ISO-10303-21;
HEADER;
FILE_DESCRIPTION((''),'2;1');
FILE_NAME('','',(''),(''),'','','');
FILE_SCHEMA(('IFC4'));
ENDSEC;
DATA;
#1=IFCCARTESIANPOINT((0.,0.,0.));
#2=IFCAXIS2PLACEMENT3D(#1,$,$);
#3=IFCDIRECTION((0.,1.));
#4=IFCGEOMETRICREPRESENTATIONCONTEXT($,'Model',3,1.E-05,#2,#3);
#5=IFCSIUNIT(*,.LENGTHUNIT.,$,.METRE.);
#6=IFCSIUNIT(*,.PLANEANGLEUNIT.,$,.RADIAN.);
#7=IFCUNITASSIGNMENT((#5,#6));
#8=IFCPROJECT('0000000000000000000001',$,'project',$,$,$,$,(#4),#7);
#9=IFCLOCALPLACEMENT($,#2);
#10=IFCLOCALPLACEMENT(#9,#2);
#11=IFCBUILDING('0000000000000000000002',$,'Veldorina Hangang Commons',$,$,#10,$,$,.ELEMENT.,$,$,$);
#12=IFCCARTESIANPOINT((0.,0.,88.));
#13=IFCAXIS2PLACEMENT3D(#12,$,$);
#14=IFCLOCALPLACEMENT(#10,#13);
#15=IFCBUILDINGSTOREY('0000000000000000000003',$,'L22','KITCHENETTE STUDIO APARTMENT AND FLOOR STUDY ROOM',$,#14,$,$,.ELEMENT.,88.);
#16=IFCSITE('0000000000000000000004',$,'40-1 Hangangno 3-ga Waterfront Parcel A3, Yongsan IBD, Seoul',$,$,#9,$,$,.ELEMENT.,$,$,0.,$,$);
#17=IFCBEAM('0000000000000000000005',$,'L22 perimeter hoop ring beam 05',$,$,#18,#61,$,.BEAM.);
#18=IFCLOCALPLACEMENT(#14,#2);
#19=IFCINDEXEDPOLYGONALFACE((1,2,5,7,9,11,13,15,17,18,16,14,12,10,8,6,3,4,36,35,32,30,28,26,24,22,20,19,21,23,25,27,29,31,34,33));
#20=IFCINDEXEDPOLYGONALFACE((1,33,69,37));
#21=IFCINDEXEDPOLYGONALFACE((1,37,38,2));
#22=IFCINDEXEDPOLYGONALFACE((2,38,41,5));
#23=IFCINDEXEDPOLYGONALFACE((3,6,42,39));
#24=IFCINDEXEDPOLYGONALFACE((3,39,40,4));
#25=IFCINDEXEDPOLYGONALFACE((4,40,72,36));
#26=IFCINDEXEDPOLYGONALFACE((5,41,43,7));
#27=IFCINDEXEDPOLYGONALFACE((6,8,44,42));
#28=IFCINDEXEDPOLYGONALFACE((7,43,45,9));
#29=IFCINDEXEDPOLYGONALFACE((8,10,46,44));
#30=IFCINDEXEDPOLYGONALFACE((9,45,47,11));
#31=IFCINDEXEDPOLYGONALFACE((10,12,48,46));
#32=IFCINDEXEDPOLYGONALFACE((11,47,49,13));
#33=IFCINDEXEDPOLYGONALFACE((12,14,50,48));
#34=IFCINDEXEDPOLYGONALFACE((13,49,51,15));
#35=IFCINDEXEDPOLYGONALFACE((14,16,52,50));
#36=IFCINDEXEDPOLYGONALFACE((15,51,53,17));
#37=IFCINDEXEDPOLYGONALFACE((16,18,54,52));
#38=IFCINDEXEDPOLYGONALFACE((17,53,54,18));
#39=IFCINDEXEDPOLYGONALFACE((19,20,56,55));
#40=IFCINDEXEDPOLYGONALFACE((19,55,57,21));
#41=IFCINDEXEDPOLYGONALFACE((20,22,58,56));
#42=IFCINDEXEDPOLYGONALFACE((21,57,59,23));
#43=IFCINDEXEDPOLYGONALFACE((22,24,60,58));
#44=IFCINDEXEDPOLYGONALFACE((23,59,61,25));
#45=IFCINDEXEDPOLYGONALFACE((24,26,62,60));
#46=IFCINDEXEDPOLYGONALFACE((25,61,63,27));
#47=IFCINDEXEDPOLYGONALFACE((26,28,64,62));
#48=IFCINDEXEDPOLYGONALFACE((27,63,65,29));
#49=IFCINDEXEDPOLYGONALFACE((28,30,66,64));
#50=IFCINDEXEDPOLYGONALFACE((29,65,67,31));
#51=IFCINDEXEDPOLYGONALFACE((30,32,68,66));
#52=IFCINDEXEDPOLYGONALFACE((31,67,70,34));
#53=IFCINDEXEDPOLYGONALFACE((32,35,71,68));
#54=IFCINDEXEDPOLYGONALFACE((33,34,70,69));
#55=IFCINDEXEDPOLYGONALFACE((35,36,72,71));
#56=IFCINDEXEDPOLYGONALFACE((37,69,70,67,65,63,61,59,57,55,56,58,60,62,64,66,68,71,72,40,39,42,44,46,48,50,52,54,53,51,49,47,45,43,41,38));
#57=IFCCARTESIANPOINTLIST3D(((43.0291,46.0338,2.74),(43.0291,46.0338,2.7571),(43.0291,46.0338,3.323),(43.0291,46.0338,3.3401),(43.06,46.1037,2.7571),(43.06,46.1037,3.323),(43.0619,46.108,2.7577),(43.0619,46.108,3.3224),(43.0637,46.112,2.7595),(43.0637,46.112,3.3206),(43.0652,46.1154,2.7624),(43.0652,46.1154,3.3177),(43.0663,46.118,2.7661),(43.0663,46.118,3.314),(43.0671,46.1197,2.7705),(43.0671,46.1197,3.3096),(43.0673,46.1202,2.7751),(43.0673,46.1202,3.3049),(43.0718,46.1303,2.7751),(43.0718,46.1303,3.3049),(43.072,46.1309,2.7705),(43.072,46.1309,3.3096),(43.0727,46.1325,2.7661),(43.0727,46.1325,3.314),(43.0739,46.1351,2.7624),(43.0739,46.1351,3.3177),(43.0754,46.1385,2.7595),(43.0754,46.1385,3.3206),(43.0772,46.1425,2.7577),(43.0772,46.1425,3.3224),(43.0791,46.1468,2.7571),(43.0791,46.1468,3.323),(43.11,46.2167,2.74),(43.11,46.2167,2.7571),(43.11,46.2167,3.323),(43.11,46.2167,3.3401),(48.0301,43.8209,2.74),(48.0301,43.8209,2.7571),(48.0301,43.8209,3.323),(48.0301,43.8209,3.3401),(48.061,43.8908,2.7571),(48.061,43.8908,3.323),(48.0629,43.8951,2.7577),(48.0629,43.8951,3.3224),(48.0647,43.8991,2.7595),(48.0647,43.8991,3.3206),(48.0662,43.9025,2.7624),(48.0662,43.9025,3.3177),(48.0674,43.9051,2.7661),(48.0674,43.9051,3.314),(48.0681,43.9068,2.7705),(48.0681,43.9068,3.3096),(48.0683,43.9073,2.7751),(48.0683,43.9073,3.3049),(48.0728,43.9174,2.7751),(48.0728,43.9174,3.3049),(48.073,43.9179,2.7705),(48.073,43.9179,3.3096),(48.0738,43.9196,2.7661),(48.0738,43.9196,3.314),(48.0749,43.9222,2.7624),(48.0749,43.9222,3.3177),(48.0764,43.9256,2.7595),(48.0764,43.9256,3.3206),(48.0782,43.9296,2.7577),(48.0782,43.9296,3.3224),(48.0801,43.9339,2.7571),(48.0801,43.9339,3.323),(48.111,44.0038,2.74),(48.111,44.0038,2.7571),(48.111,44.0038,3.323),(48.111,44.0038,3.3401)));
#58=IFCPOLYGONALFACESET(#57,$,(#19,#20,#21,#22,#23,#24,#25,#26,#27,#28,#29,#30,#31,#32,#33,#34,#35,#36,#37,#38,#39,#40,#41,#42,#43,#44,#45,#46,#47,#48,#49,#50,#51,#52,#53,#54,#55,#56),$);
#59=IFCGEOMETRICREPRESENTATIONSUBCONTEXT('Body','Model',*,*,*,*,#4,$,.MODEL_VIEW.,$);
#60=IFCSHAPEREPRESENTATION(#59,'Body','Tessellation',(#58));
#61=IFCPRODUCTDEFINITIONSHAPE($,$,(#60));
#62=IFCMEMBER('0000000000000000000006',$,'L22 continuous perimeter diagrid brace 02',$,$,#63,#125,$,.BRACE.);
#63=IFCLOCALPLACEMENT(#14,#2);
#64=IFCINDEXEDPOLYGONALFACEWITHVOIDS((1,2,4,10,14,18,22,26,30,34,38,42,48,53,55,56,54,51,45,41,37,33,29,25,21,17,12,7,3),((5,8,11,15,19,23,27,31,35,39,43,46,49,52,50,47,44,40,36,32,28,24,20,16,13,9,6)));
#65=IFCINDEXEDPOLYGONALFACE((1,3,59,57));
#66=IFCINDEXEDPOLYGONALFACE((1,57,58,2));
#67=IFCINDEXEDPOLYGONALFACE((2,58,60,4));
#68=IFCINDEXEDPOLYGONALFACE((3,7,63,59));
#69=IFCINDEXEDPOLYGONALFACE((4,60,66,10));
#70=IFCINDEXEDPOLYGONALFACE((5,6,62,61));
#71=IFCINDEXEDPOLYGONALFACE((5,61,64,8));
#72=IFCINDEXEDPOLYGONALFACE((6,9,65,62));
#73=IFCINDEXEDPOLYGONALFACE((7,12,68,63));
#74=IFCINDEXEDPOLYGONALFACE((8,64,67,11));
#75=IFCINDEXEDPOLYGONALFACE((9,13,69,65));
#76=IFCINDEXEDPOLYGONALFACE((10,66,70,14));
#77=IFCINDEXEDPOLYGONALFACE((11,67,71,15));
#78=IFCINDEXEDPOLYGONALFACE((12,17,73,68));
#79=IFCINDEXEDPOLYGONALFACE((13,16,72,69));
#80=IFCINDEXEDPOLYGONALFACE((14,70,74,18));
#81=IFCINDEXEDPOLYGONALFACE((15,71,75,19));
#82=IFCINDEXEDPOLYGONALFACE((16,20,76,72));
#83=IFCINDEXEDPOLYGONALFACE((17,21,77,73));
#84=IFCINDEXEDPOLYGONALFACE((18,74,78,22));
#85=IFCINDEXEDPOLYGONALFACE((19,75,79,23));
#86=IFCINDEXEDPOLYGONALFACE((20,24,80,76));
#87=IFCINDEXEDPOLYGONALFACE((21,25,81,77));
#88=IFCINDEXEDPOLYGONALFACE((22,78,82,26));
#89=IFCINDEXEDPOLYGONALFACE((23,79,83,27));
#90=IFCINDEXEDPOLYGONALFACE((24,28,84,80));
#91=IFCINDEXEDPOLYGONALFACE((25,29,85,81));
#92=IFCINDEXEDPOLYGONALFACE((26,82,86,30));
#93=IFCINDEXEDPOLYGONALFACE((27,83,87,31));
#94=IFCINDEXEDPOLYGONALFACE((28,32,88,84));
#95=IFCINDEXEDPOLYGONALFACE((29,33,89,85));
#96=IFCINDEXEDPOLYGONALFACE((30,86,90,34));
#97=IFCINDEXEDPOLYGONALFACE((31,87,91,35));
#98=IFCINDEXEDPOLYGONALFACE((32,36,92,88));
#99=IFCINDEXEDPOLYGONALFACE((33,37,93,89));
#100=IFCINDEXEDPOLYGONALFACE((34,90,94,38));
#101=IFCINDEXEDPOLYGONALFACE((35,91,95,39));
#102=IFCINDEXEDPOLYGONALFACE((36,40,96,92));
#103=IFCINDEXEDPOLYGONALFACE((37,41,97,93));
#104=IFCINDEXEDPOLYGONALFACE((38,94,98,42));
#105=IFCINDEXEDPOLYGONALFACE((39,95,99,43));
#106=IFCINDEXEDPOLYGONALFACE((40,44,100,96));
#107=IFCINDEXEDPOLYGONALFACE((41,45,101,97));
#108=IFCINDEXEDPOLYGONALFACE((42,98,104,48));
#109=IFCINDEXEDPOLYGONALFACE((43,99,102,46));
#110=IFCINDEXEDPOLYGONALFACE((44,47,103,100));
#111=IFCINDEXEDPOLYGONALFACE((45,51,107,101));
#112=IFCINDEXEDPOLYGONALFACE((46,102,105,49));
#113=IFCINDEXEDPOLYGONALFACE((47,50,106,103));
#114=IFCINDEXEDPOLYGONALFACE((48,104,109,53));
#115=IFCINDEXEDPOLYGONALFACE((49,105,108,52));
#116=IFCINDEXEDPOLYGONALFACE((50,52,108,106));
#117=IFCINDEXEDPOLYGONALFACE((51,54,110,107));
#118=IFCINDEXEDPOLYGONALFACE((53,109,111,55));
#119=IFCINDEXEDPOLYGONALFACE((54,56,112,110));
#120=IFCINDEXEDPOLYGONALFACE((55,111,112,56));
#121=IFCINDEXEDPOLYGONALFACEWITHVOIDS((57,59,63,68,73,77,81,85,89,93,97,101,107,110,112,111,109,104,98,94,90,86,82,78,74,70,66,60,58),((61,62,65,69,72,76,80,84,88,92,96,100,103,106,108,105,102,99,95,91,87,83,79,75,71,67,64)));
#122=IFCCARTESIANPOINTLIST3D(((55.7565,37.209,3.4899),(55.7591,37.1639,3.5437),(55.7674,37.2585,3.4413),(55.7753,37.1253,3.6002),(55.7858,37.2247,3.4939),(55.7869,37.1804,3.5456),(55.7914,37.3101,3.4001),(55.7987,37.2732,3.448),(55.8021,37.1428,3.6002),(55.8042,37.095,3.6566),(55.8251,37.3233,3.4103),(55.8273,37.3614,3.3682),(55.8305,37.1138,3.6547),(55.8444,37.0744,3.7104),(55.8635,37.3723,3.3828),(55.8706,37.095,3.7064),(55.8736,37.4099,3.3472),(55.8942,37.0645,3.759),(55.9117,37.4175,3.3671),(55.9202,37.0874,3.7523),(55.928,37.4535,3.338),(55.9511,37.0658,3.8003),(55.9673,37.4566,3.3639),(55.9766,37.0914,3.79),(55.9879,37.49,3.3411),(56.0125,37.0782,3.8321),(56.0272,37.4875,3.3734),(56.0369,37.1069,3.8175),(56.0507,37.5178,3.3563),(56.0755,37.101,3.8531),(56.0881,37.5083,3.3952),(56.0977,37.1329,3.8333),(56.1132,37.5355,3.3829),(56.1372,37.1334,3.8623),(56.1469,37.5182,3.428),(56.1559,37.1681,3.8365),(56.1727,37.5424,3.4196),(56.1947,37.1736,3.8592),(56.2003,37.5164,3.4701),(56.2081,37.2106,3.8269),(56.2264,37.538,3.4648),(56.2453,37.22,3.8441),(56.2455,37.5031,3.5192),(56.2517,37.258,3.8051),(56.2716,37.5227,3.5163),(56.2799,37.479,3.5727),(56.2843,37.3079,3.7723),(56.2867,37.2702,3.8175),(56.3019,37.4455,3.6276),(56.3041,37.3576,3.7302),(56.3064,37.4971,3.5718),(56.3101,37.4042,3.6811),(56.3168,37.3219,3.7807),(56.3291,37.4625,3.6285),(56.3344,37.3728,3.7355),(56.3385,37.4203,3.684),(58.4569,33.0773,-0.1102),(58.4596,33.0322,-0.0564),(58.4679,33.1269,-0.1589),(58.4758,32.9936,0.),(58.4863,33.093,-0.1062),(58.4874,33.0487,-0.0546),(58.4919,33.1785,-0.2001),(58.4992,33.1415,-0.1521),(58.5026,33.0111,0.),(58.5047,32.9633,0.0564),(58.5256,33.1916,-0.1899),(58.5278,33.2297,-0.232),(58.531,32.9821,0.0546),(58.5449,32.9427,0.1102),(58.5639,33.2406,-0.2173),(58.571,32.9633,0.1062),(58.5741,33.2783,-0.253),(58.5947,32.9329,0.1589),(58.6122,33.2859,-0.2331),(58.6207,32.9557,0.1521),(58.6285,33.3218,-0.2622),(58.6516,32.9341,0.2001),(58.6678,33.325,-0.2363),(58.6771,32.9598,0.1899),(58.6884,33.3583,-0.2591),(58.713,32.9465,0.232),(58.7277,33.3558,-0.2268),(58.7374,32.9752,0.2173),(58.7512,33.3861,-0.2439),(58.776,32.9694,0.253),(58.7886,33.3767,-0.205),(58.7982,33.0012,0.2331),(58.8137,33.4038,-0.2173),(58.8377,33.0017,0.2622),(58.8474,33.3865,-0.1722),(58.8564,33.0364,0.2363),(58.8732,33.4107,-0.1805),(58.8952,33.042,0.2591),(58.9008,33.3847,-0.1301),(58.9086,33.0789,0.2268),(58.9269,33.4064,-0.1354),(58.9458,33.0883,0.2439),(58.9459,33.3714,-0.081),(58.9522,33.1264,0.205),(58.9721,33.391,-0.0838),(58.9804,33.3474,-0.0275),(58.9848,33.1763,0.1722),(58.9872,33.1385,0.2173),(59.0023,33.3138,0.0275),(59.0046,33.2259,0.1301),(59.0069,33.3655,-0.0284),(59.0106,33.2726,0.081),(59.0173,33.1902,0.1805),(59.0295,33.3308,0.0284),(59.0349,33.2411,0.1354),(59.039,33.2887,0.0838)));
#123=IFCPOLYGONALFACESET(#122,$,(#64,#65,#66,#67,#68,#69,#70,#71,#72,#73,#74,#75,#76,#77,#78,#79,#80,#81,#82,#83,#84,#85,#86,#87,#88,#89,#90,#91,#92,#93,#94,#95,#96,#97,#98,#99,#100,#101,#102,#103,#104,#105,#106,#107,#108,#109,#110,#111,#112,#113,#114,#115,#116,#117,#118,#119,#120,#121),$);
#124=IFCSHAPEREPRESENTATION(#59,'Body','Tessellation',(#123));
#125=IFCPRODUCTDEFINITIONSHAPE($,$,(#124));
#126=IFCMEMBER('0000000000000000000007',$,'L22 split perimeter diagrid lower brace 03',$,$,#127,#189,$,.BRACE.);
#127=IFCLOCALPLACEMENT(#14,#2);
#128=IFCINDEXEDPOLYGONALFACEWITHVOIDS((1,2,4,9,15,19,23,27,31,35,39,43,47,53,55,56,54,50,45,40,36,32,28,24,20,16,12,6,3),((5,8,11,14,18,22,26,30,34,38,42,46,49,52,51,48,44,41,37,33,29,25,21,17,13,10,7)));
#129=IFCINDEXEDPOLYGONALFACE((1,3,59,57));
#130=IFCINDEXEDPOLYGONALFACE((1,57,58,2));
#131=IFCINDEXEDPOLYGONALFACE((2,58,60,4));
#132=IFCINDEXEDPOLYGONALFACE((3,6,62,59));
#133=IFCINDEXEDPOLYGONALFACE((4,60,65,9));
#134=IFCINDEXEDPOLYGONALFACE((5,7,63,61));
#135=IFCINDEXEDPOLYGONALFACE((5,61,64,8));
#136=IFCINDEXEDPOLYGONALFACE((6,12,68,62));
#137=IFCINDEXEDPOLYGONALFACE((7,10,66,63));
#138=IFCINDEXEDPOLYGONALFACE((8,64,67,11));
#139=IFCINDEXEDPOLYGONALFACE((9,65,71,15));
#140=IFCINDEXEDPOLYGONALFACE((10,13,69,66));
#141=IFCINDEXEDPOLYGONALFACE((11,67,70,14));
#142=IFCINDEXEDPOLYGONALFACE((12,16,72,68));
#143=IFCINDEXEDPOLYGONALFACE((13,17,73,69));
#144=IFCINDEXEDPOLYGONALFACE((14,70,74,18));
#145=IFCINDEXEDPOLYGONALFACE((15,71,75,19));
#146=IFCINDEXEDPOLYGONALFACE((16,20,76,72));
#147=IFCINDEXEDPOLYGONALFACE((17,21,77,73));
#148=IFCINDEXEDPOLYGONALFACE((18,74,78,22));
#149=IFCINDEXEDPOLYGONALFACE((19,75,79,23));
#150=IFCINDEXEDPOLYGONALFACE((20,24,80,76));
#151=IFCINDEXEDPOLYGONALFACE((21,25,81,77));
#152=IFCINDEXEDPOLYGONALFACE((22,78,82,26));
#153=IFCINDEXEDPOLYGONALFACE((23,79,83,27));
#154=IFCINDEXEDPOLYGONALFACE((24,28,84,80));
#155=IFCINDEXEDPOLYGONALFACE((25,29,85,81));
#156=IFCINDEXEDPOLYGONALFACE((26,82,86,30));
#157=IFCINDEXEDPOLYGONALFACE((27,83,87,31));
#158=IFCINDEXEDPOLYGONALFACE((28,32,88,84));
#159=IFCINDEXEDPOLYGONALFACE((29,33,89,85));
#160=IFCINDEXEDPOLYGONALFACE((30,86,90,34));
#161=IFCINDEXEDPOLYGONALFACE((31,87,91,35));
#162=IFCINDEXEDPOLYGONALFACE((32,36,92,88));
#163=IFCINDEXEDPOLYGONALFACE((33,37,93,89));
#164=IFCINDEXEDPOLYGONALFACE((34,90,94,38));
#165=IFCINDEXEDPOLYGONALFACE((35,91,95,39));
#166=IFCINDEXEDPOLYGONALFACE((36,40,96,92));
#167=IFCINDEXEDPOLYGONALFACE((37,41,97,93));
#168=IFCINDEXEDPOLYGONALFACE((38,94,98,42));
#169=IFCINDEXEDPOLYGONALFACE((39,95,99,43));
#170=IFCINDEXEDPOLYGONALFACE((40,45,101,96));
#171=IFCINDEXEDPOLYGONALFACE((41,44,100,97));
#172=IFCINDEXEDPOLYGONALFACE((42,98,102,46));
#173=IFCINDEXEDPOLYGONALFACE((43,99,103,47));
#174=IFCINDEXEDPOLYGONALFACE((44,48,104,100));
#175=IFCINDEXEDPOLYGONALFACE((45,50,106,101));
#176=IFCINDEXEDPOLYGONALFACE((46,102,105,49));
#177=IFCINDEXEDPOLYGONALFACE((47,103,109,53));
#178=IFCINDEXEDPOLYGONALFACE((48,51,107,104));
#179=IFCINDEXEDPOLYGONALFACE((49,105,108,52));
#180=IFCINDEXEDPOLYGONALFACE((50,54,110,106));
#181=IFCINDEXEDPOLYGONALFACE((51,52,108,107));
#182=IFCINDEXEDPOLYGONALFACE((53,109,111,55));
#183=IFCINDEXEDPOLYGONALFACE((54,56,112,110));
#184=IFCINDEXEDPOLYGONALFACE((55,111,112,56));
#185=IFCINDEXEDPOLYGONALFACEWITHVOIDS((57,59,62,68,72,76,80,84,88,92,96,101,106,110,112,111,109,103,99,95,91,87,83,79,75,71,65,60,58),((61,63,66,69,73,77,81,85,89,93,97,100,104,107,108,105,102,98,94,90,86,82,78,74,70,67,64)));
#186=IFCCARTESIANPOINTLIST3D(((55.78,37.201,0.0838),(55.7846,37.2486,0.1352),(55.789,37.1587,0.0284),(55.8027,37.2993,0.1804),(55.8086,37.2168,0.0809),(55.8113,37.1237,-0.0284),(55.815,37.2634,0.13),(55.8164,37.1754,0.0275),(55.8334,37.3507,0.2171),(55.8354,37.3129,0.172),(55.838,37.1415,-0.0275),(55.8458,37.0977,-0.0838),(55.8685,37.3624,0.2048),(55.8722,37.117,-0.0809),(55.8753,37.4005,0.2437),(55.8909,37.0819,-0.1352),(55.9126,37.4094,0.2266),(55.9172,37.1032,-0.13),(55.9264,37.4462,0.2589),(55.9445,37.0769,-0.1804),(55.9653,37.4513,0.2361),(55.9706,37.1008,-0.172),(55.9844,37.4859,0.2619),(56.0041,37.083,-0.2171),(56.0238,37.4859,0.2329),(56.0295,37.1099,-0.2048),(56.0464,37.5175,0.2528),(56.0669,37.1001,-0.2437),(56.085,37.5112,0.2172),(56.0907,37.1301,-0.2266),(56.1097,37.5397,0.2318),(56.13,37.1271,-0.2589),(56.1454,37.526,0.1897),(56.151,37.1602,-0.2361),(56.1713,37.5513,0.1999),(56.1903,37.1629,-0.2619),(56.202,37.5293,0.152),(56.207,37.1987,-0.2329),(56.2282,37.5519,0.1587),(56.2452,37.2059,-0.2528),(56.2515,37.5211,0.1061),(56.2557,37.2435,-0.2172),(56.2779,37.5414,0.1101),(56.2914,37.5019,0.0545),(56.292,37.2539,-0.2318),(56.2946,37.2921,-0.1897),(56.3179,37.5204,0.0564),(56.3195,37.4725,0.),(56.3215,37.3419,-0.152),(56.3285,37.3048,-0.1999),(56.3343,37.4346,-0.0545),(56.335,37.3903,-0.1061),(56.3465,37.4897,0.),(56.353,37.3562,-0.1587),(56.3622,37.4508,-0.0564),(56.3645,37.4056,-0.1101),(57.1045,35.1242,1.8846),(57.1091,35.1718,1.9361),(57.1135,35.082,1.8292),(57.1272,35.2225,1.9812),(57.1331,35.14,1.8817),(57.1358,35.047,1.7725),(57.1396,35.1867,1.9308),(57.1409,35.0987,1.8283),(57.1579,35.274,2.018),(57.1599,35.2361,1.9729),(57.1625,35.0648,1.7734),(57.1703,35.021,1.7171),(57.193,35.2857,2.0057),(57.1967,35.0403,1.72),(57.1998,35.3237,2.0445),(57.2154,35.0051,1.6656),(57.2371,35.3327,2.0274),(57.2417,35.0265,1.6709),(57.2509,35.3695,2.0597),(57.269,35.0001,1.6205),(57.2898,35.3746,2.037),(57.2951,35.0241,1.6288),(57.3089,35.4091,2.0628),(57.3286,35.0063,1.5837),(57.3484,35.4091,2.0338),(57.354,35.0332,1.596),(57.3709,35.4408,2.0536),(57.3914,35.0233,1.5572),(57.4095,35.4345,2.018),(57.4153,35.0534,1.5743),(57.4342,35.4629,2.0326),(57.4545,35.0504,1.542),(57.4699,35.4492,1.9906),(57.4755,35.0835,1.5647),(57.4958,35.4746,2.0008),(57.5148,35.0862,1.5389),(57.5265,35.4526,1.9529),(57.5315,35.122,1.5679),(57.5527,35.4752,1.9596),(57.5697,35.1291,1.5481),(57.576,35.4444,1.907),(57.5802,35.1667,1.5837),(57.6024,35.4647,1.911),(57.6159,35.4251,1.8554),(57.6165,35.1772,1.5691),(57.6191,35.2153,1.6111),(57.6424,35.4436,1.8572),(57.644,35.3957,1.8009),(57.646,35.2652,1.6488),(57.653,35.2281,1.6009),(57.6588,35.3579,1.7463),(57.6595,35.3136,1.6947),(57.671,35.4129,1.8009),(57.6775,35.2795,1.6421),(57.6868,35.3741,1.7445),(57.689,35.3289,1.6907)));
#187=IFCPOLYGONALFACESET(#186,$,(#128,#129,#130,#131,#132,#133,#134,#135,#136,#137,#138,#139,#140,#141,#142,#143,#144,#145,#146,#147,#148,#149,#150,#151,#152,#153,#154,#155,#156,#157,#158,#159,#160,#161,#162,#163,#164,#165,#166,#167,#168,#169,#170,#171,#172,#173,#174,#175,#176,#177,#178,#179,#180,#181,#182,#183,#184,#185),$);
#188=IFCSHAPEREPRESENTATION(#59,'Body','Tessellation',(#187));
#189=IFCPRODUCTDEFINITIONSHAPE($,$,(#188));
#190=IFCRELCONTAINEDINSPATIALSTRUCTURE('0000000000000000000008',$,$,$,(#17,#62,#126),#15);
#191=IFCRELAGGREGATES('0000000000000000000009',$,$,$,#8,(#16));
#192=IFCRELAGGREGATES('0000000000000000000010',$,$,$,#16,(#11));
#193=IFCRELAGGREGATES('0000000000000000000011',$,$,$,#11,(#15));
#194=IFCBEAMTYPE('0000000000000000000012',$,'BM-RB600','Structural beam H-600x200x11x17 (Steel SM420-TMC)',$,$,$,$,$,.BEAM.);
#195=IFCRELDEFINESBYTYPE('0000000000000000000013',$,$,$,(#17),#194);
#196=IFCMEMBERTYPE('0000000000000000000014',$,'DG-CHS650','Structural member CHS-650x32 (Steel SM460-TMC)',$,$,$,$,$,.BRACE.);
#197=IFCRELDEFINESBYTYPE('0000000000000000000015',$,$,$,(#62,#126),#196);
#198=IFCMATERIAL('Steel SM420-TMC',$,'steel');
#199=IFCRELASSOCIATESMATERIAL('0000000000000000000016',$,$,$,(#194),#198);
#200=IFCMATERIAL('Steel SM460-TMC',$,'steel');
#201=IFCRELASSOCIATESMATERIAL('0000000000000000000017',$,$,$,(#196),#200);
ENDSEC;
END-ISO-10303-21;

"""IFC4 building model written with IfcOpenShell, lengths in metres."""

from ifc_helpers import new_model, si_unit, direction, frame, origin, origin_2d, place, context, subcontext, project, spatial, hollow_circle, i_section, extrude, material, material_profile, profile_set, type_object, element, save


model = new_model("IFC4")

# Units and contexts
model_context = context("Model", 3, precision=1e-05, world=origin(), true_north=direction((0.0, 1.0)))
body_context = subcontext(model_context, "Body", "Model", "MODEL_VIEW")
ifc_project = project(units=[si_unit("LENGTHUNIT", "METRE"), si_unit("PLANEANGLEUNIT", "RADIAN")], contexts=[model_context])

# Site, building, storey
site_placement = place(None, origin())
site = spatial("IfcSite", under=ifc_project, at=site_placement, Name="40-1 Hangangno 3-ga Waterfront Parcel A3, Yongsan IBD, Seoul", CompositionType="ELEMENT", RefElevation=0.0)
building_placement = place(site_placement, origin())
building = spatial("IfcBuilding", under=site, at=building_placement, Name="Veldorina Hangang Commons", CompositionType="ELEMENT")
storey_placement = place(building_placement, frame((0.0, 0.0, 88.0)))
storey = spatial("IfcBuildingStorey", under=building, at=storey_placement, Name="L22", Description="KITCHENETTE STUDIO APARTMENT AND FLOOR STUDY ROOM", CompositionType="ELEMENT", Elevation=88.0)

# Beam
ifc_material_1 = material(Name="Steel SM420-TMC", Category="steel")
ifc_material_profile_1 = material_profile(ifc_material_1, i_section(OverallWidth=0.2, OverallDepth=0.6001, WebThickness=0.011, FlangeThickness=0.0171, FilletRadius=0.0181, at=origin_2d()), Name="H-600x200x11x17")
ifc_profile_set_1 = profile_set([ifc_material_profile_1], Name="Steel SM420-TMC")
beam_type_1 = type_object("IfcBeamType", Name="BM-RB600", Description="Structural beam H-600x200x11x17 (Steel SM420-TMC)", PredefinedType="BEAM", material=ifc_profile_set_1)
beam_1_placement = place(storey_placement, frame((48.0706, 43.9124, 3.04), z_axis=(-0.914473, 0.404647, 0.0), x_axis=(-0.404647, -0.914473, 0.0)))
element("IfcBeam", 1, at=beam_1_placement, inside=storey, type_object=beam_type_1, Name="L22 perimeter hoop ring beam 05", PredefinedType="BEAM", context=body_context, shape_type="SweptSolid", body=[
    extrude(i_section(OverallWidth=0.2, OverallDepth=0.6001, WebThickness=0.011, FlangeThickness=0.0171, FilletRadius=0.0181, at=origin_2d()), origin(), (0.0, 0.0, 1.0), 5.4688),
])

# Members
ifc_material_2 = material(Name="Steel SM460-TMC", Category="steel")
ifc_material_profile_2 = material_profile(ifc_material_2, hollow_circle(Radius=0.325, WallThickness=0.032, at=origin_2d()), Name="CHS-650x32")
ifc_profile_set_2 = profile_set([ifc_material_profile_2], Name="Steel SM460-TMC")
member_type = type_object("IfcMemberType", Name="DG-CHS650", Description="Structural member CHS-650x32 (Steel SM460-TMC)", PredefinedType="BRACE", material=ifc_profile_set_2)
member_1_placement = place(storey_placement, frame((58.7478, 33.1714, 0.0), z_axis=(-0.442024, 0.676283, 0.589285), x_axis=(-0.837061, -0.547109, 0.0)))
element("IfcMember", 2, at=member_1_placement, inside=storey, type_object=member_type, Name="L22 continuous perimeter diagrid brace 02", PredefinedType="BRACE", context=body_context, shape_type="SweptSolid", body=[
    extrude(hollow_circle(Radius=0.325, WallThickness=0.032, at=origin_2d()), origin(), (0.0, 0.0, 1.0), 6.1094),
])
member_2_placement = place(storey_placement, frame((56.0725, 37.3149, 0.0), z_axis=(0.434086, -0.680615, 0.590197), x_axis=(0.843118, 0.537728, 0.0)))
element("IfcMember", 3, at=member_2_placement, inside=storey, type_object=member_type, Name="L22 split perimeter diagrid lower brace 03", PredefinedType="BRACE", context=body_context, shape_type="SweptSolid", body=[
    extrude(hollow_circle(Radius=0.325, WallThickness=0.032, at=origin_2d()), origin(), (0.0, 0.0, 1.0), 3.0513),
])

save(model, "model.ifc")
